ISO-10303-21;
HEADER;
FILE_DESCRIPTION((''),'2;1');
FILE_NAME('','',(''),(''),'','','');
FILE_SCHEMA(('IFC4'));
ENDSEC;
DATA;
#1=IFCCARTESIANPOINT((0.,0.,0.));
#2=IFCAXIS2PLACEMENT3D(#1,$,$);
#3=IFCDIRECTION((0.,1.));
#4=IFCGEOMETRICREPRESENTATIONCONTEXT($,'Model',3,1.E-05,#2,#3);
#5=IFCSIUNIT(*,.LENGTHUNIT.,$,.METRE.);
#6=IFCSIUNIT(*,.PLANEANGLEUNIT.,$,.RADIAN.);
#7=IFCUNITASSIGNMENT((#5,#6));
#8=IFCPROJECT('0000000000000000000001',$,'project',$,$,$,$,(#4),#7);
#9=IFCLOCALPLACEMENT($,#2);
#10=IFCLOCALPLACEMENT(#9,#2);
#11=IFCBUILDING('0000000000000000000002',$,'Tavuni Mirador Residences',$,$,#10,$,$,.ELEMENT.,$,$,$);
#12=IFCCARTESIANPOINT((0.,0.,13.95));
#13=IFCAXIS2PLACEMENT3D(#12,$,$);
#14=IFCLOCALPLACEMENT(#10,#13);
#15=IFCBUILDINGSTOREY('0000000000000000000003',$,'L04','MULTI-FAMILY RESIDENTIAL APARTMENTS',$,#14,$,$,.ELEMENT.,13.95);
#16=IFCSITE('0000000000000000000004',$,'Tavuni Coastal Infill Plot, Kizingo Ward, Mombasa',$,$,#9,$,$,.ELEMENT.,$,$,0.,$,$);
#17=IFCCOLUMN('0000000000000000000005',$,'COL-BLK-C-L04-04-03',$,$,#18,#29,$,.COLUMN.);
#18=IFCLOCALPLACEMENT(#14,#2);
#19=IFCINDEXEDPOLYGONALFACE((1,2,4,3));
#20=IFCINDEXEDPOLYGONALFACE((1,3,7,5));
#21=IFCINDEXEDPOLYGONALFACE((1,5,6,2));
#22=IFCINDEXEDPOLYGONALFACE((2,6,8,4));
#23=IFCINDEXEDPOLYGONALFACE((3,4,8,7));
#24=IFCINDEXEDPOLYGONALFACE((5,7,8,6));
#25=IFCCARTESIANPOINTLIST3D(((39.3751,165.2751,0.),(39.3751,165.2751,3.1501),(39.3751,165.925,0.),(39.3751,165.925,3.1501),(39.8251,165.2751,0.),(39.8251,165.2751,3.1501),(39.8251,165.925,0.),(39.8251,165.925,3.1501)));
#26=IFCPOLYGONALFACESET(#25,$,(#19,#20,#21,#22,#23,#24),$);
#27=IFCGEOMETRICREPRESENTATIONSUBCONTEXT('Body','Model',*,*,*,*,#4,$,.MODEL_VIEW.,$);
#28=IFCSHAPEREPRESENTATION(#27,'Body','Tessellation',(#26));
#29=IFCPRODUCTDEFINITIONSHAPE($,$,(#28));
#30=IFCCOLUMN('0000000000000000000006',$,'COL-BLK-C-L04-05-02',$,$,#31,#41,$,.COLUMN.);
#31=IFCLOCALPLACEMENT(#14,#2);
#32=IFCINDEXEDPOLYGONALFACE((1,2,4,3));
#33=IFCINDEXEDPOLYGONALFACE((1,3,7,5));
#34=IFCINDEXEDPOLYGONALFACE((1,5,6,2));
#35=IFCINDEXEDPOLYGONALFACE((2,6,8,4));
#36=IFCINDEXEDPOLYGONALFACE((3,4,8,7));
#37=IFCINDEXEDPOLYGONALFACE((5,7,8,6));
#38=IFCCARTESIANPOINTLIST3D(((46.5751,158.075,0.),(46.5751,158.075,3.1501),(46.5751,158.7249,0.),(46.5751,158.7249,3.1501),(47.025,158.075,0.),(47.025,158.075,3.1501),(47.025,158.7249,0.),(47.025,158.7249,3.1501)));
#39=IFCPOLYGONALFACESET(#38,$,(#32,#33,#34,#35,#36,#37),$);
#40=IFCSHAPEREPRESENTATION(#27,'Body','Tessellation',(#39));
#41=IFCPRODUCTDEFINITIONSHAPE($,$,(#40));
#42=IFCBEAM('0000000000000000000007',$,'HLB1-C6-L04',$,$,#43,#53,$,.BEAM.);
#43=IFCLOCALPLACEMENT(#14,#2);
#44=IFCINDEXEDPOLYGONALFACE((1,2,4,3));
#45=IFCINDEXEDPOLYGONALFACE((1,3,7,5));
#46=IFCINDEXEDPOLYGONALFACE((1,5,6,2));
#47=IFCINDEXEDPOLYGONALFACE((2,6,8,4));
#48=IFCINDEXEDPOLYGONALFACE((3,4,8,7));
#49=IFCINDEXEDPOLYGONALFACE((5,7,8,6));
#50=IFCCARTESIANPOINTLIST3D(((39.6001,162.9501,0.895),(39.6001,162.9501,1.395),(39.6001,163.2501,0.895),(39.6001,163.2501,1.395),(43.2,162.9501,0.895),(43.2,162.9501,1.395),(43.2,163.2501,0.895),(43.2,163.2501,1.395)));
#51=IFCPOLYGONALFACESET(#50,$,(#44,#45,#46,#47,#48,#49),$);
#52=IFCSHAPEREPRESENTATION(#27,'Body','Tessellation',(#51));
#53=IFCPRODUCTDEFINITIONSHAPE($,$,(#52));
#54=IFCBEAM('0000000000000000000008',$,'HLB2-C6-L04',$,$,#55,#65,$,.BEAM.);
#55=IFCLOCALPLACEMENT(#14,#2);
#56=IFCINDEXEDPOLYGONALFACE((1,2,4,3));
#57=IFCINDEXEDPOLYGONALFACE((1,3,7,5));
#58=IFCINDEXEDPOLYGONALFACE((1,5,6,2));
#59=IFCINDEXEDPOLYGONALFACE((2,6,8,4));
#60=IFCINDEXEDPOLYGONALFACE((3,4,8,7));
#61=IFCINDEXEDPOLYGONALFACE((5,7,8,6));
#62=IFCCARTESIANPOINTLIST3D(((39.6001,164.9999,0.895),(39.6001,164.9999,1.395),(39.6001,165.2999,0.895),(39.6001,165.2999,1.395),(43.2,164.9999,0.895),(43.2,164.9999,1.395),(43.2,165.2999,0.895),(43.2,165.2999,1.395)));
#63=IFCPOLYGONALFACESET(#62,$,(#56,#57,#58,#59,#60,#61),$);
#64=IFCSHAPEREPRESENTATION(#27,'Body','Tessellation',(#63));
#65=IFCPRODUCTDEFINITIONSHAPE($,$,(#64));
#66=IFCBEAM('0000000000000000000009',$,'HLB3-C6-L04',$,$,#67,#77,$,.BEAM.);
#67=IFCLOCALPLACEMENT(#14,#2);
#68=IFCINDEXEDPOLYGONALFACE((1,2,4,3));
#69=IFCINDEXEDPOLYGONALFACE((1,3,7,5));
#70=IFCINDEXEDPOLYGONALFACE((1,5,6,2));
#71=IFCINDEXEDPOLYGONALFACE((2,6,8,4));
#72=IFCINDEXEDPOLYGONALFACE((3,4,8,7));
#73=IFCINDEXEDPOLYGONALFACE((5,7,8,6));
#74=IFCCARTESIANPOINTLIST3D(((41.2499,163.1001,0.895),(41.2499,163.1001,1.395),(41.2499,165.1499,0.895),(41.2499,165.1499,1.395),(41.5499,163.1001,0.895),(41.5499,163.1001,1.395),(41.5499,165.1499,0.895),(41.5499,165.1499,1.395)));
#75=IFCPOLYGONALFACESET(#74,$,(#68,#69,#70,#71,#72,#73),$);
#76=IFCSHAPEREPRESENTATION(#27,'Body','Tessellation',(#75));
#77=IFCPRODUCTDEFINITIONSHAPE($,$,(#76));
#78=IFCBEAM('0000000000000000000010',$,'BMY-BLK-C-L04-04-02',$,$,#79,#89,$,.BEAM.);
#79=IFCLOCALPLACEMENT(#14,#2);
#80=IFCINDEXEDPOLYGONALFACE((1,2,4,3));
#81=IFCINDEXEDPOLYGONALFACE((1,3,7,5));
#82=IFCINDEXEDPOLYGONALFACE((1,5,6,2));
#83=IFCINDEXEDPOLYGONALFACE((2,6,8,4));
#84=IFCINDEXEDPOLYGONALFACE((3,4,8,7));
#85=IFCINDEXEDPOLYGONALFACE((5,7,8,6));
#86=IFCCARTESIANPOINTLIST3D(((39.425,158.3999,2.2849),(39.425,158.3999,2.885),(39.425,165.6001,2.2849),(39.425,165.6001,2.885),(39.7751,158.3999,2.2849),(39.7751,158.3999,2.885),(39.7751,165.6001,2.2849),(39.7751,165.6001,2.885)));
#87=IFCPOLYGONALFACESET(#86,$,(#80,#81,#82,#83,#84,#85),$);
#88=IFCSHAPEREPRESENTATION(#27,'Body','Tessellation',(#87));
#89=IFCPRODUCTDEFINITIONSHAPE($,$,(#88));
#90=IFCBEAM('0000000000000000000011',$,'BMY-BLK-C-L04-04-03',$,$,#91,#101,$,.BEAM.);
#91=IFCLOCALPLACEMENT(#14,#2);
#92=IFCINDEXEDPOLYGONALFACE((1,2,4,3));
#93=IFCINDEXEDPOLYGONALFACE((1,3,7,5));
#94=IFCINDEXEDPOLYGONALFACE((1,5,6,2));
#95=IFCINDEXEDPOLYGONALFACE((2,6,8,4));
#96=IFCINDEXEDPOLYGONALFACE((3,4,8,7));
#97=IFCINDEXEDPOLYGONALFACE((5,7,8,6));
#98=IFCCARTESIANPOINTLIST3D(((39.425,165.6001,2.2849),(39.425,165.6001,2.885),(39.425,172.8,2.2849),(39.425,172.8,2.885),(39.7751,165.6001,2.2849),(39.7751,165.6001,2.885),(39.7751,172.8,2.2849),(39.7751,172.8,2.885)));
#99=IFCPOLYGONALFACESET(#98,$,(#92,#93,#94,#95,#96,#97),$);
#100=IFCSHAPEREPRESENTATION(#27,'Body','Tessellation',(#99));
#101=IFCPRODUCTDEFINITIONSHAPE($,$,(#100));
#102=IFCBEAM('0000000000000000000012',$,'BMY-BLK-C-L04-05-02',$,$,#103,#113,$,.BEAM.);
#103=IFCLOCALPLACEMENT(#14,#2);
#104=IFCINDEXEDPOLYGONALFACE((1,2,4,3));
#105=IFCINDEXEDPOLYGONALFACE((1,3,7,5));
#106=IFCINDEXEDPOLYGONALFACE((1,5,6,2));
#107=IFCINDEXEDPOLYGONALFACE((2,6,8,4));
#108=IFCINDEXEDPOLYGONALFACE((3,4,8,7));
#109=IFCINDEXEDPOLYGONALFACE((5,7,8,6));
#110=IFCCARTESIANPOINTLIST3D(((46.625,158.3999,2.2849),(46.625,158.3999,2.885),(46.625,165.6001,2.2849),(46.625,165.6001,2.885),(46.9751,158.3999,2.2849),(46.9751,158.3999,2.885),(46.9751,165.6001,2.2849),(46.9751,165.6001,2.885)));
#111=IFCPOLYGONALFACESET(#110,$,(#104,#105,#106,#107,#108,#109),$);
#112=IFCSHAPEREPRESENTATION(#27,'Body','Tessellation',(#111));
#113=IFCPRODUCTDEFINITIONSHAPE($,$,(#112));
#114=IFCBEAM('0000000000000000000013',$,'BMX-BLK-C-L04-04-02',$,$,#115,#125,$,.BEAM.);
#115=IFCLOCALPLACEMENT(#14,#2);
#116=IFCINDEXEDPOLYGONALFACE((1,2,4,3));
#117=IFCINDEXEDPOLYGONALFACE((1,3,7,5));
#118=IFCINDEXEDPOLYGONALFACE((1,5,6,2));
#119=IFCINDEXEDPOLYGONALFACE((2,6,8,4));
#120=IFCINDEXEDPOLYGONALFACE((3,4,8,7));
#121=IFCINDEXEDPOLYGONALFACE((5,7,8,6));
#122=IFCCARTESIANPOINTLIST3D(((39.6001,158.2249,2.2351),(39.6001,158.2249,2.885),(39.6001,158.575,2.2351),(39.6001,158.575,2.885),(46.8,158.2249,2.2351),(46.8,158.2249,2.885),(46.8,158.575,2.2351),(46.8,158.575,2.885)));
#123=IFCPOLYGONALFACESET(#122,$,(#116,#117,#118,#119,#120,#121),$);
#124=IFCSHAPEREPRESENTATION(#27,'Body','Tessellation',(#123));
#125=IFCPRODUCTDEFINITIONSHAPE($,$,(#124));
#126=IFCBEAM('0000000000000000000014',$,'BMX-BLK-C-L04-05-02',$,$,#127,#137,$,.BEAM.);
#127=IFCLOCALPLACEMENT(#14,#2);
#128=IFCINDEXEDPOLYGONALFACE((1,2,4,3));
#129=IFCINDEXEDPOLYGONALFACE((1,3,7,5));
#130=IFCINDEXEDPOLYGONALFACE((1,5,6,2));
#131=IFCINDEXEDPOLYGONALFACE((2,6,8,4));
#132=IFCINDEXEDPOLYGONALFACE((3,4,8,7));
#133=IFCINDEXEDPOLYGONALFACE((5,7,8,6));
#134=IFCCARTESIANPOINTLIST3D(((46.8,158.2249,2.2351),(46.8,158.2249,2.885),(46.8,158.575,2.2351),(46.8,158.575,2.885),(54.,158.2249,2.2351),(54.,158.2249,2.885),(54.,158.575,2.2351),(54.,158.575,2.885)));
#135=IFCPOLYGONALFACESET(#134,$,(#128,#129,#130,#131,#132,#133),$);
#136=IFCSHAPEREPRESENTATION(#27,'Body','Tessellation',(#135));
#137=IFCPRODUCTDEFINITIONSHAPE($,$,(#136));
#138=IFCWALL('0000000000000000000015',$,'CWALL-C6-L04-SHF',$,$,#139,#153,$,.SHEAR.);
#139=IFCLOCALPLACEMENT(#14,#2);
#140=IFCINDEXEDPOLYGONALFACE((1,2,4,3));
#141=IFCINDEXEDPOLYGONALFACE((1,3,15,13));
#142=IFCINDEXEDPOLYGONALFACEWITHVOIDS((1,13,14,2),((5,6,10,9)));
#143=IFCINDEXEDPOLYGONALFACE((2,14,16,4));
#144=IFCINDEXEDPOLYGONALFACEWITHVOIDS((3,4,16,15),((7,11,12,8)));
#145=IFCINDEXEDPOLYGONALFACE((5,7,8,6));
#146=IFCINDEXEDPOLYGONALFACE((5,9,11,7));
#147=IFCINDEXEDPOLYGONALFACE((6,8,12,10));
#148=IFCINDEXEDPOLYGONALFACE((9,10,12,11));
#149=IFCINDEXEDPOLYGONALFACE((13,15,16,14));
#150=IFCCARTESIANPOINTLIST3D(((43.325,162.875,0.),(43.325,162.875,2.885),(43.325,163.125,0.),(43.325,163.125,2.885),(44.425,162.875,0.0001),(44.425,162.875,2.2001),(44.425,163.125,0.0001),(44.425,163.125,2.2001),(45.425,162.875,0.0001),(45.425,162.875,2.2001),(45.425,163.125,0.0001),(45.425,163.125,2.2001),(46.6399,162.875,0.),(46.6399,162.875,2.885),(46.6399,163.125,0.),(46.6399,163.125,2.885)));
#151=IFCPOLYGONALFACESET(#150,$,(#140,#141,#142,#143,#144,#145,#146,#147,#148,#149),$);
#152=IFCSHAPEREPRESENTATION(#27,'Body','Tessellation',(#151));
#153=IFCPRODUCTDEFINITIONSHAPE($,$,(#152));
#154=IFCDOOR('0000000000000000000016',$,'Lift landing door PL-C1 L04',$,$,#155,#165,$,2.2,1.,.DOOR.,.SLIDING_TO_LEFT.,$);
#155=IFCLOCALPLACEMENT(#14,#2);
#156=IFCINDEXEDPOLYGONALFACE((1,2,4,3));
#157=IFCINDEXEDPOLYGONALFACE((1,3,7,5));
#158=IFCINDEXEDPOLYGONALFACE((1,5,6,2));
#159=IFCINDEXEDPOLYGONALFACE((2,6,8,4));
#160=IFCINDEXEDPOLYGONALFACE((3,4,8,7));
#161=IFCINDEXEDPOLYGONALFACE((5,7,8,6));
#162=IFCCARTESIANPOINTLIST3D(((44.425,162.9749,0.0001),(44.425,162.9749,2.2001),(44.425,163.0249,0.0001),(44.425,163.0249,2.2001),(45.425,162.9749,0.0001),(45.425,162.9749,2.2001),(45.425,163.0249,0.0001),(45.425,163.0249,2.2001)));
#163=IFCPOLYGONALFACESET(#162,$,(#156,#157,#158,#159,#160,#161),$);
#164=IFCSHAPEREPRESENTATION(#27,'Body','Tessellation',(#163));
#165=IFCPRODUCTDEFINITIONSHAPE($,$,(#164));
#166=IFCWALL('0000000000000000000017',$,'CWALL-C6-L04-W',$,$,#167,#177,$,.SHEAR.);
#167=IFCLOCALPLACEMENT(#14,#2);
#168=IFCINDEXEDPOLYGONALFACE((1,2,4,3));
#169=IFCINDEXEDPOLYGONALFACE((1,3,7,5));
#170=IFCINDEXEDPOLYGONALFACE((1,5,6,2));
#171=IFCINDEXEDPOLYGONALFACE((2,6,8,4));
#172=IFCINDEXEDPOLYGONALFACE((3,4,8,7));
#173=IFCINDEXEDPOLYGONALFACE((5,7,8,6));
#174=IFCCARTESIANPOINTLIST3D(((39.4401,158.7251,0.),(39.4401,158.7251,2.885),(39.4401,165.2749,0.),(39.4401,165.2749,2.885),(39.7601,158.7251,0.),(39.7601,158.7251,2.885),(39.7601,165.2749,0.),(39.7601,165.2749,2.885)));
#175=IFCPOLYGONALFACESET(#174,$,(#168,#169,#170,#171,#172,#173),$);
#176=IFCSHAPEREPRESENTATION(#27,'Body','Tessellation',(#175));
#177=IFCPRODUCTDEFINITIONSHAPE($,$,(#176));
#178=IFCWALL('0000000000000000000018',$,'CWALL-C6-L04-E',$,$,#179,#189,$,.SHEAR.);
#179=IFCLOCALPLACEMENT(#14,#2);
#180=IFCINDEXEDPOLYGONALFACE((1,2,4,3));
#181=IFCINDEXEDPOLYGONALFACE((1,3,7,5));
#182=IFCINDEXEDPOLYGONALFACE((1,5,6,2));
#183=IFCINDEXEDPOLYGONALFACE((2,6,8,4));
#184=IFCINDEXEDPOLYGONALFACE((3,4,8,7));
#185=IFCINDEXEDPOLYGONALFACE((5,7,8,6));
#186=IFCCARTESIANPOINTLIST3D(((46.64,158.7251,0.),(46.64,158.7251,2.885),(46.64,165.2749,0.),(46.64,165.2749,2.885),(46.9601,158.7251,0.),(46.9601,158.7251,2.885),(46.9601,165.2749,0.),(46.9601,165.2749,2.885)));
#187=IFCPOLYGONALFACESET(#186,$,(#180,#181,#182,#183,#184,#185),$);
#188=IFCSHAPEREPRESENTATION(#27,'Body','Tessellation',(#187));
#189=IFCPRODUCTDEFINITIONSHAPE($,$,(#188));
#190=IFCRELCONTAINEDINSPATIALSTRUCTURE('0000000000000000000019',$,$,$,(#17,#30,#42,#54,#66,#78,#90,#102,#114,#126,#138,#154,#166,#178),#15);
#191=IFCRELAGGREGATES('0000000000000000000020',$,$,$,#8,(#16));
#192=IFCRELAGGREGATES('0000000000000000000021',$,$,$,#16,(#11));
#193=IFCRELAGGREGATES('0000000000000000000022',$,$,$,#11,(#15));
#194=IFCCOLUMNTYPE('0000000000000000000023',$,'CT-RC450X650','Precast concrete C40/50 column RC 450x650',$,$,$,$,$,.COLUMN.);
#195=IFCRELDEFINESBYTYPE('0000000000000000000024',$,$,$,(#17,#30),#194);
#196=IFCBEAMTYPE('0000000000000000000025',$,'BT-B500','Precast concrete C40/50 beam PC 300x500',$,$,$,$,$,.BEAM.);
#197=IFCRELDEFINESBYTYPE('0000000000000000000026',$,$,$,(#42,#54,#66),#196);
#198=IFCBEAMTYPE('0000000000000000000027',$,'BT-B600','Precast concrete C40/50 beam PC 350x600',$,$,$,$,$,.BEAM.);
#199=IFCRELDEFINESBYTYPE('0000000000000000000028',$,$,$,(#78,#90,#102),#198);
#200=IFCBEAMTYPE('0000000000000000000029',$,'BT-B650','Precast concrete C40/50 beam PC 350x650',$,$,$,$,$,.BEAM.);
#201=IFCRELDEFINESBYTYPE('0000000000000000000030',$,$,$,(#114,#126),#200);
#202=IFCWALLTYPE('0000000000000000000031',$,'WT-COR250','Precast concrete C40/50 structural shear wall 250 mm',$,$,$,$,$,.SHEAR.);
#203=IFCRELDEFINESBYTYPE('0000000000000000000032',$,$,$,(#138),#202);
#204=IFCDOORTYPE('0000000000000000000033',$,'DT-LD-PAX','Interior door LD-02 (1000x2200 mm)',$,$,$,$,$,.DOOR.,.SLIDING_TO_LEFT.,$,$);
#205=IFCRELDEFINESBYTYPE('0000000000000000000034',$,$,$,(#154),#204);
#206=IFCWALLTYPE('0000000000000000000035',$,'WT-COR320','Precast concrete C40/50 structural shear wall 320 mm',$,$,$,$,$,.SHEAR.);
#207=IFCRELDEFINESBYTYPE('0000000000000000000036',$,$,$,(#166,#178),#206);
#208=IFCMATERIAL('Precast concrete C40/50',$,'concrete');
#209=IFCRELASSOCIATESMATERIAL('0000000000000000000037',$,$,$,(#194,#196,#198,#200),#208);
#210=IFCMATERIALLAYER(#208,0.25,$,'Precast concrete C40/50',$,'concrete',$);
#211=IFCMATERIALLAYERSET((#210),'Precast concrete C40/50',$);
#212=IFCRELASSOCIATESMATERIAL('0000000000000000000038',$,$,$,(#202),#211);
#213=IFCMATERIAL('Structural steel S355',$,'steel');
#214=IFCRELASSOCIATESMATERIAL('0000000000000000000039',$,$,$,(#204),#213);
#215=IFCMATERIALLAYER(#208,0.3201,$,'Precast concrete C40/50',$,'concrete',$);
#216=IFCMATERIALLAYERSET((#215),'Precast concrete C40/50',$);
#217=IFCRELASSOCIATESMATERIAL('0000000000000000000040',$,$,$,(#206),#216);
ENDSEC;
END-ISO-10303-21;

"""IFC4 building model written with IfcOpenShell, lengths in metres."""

from ifc_helpers import new_model, si_unit, direction, frame, frame_2d, origin, origin_2d, place, context, subcontext, project, spatial, rectangle, extrude, material, layer, layer_set, material_profile, profile_set, type_object, element, fill, save


model = new_model("IFC4")

# Units and contexts
model_context = context("Model", 3, precision=1e-05, world=origin(), true_north=direction((0.0, 1.0)))
body_context = subcontext(model_context, "Body", "Model", "MODEL_VIEW")
ifc_project = project(units=[si_unit("LENGTHUNIT", "METRE"), si_unit("PLANEANGLEUNIT", "RADIAN")], contexts=[model_context])

# Site, building, storey
site_placement = place(None, origin())
site = spatial("IfcSite", under=ifc_project, at=site_placement, Name="Tavuni Coastal Infill Plot, Kizingo Ward, Mombasa", CompositionType="ELEMENT", RefElevation=0.0)
building_placement = place(site_placement, origin())
building = spatial("IfcBuilding", under=site, at=building_placement, Name="Tavuni Mirador Residences", CompositionType="ELEMENT")
storey_placement = place(building_placement, frame((0.0, 0.0, 13.95)))
storey = spatial("IfcBuildingStorey", under=building, at=storey_placement, Name="L04", Description="MULTI-FAMILY RESIDENTIAL APARTMENTS", CompositionType="ELEMENT", Elevation=13.95)

# Columns
ifc_material_1 = material(Name="Precast concrete C40/50", Category="concrete")
ifc_material_profile_1 = material_profile(ifc_material_1, rectangle(XDim=0.45, YDim=0.6499, at=origin_2d()), Name="RC 450x650", Category="concrete")
ifc_profile_set_1 = profile_set([ifc_material_profile_1], Name="Precast concrete C40/50")
column_type = type_object("IfcColumnType", Name="CT-RC450X650", Description="Precast concrete C40/50 column RC 450x650", PredefinedType="COLUMN", material=ifc_profile_set_1)
for number, where, z_axis, x_axis, name in (
    (1, (39.6001, 165.6001, 0.0), (0.0, 0.0, 1.0), (1.0, 0.0, 0.0), "COL-BLK-C-L04-04-03"),
    (2, (46.8, 158.3999, 0.0), (0.0, 0.0, 1.0), (1.0, 0.0, 0.0), "COL-BLK-C-L04-05-02"),
):
    element("IfcColumn", number, at=place(storey_placement, frame(where, z_axis=z_axis, x_axis=x_axis)), inside=storey, type_object=column_type, Name=name, PredefinedType="COLUMN", context=body_context, shape_type="SweptSolid", body=[
        extrude(rectangle(XDim=0.45, YDim=0.6499, at=origin_2d()), origin(), (0.0, 0.0, 1.0), 3.1501),
    ])

# Beams
ifc_material_profile_2 = material_profile(ifc_material_1, rectangle(XDim=0.3, YDim=0.5, at=origin_2d()), Name="PC 300x500", Category="concrete")
ifc_profile_set_2 = profile_set([ifc_material_profile_2], Name="Precast concrete C40/50")
beam_type_1 = type_object("IfcBeamType", Name="BT-B500", Description="Precast concrete C40/50 beam PC 300x500", PredefinedType="BEAM", material=ifc_profile_set_2)
for number, where, z_axis, x_axis, name in (
    (3, (39.6001, 163.1001, 1.145), (1.0, 0.0, 0.0), (0.0, 1.0, 0.0), "HLB1-C6-L04"),
    (4, (39.6001, 165.1499, 1.145), (1.0, 0.0, 0.0), (0.0, 1.0, 0.0), "HLB2-C6-L04"),
):
    element("IfcBeam", number, at=place(storey_placement, frame(where, z_axis=z_axis, x_axis=x_axis)), inside=storey, type_object=beam_type_1, Name=name, PredefinedType="BEAM", context=body_context, shape_type="SweptSolid", body=[
        extrude(rectangle(XDim=0.3, YDim=0.5, at=origin_2d()), origin(), (0.0, 0.0, 1.0), 3.5999),
    ])
beam_1_placement = place(storey_placement, frame((41.3999, 163.1001, 1.145), z_axis=(0.0, 1.0, 0.0), x_axis=(-1.0, 0.0, 0.0)))
element("IfcBeam", 5, at=beam_1_placement, inside=storey, type_object=beam_type_1, Name="HLB3-C6-L04", PredefinedType="BEAM", context=body_context, shape_type="SweptSolid", body=[
    extrude(rectangle(XDim=0.3, YDim=0.5, at=origin_2d()), origin(), (0.0, 0.0, 1.0), 2.0498),
])
ifc_material_profile_3 = material_profile(ifc_material_1, rectangle(XDim=0.3501, YDim=0.6001, at=origin_2d()), Name="PC 350x600", Category="concrete")
ifc_profile_set_3 = profile_set([ifc_material_profile_3], Name="Precast concrete C40/50")
beam_type_2 = type_object("IfcBeamType", Name="BT-B600", Description="Precast concrete C40/50 beam PC 350x600", PredefinedType="BEAM", material=ifc_profile_set_3)
beam_2_placement = place(storey_placement, frame((39.6001, 158.3999, 2.585), z_axis=(0.0, 1.0, 0.0), x_axis=(-1.0, 0.0, 0.0)))
element("IfcBeam", 6, at=beam_2_placement, inside=storey, type_object=beam_type_2, Name="BMY-BLK-C-L04-04-02", PredefinedType="BEAM", context=body_context, shape_type="SweptSolid", body=[
    extrude(rectangle(XDim=0.3501, YDim=0.6001, at=origin_2d()), origin(), (0.0, 0.0, 1.0), 7.2002),
])
beam_3_placement = place(storey_placement, frame((39.6001, 165.6001, 2.585), z_axis=(0.0, 1.0, 0.0), x_axis=(-1.0, 0.0, 0.0)))
element("IfcBeam", 7, at=beam_3_placement, inside=storey, type_object=beam_type_2, Name="BMY-BLK-C-L04-04-03", PredefinedType="BEAM", context=body_context, shape_type="SweptSolid", body=[
    extrude(rectangle(XDim=0.3501, YDim=0.6001, at=origin_2d()), origin(), (0.0, 0.0, 1.0), 7.2),
])
beam_4_placement = place(storey_placement, frame((46.8, 158.3999, 2.585), z_axis=(0.0, 1.0, 0.0), x_axis=(-1.0, 0.0, 0.0)))
element("IfcBeam", 8, at=beam_4_placement, inside=storey, type_object=beam_type_2, Name="BMY-BLK-C-L04-05-02", PredefinedType="BEAM", context=body_context, shape_type="SweptSolid", body=[
    extrude(rectangle(XDim=0.3501, YDim=0.6001, at=origin_2d()), origin(), (0.0, 0.0, 1.0), 7.2002),
])
ifc_material_profile_4 = material_profile(ifc_material_1, rectangle(XDim=0.3501, YDim=0.6499, at=origin_2d()), Name="PC 350x650", Category="concrete")
ifc_profile_set_4 = profile_set([ifc_material_profile_4], Name="Precast concrete C40/50")
beam_type_3 = type_object("IfcBeamType", Name="BT-B650", Description="Precast concrete C40/50 beam PC 350x650", PredefinedType="BEAM", material=ifc_profile_set_4)
for number, where, z_axis, x_axis, name in (
    (9, (39.6001, 158.3999, 2.5601), (1.0, 0.0, 0.0), (0.0, 1.0, 0.0), "BMX-BLK-C-L04-04-02"),
    (10, (46.8, 158.3999, 2.5601), (1.0, 0.0, 0.0), (0.0, 1.0, 0.0), "BMX-BLK-C-L04-05-02"),
):
    element("IfcBeam", number, at=place(storey_placement, frame(where, z_axis=z_axis, x_axis=x_axis)), inside=storey, type_object=beam_type_3, Name=name, PredefinedType="BEAM", context=body_context, shape_type="SweptSolid", body=[
        extrude(rectangle(XDim=0.3501, YDim=0.6499, at=origin_2d()), origin(), (0.0, 0.0, 1.0), 7.2),
    ])

# Wall, opening, door
ifc_layer_1 = layer(ifc_material_1, 0.25, Name="Precast concrete C40/50", Category="concrete")
ifc_layer_set_1 = layer_set([ifc_layer_1], Name="Precast concrete C40/50")
wall_type_1 = type_object("IfcWallType", Name="WT-COR250", Description="Precast concrete C40/50 structural shear wall 250 mm", PredefinedType="SHEAR", material=ifc_layer_set_1)
wall_1_placement = place(storey_placement, frame((43.325, 163.0, 0.0), z_axis=(0.0, 0.0, 1.0), x_axis=(1.0, 0.0, 0.0)))
wall_1 = element("IfcWall", 11, at=wall_1_placement, inside=storey, type_object=wall_type_1, Name="CWALL-C6-L04-SHF", PredefinedType="SHEAR", context=body_context, shape_type="SweptSolid", body=[
    extrude(rectangle(XDim=3.3149, YDim=0.25, at=frame_2d((1.6575, 0.0))), origin(), (0.0, 0.0, 1.0), 2.885),
])
opening_1_placement = place(wall_1_placement, frame((1.1001, 0.0, 0.0)))
opening_1 = element("IfcOpeningElement", 12, at=opening_1_placement, cuts=wall_1, PredefinedType="OPENING", context=body_context, shape_type="SweptSolid", body=[
    extrude(rectangle(XDim=1.0, YDim=2.2, at=frame_2d((0.5, 1.1001))), frame((0.0, 0.135, 0.0), z_axis=(0.0, -1.0, 0.0), x_axis=(1.0, 0.0, 0.0)), (0.0, 0.0, 1.0), 0.27),
])
ifc_material_2 = material(Name="Structural steel S355", Category="steel")
door_type_1 = type_object("IfcDoorType", Name="DT-LD-PAX", Description="Interior door LD-02 (1000x2200 mm)", OperationType="SLIDING_TO_LEFT", PredefinedType="DOOR", material=ifc_material_2)
door_1_placement = place(opening_1_placement, origin())
door_1 = element("IfcDoor", 13, at=door_1_placement, inside=storey, type_object=door_type_1, Name="Lift landing door PL-C1 L04", OperationType="SLIDING_TO_LEFT", OverallHeight=2.2, OverallWidth=1.0, PredefinedType="DOOR", context=body_context, shape_type="SweptSolid", body=[
    extrude(rectangle(XDim=1.0, YDim=2.2, at=frame_2d((0.5, 1.1001))), frame((0.0, 0.0249, 0.0), z_axis=(0.0, -1.0, 0.0), x_axis=(1.0, 0.0, 0.0)), (0.0, 0.0, 1.0), 0.05),
])
fill(opening_1, door_1)

# Walls
ifc_layer_2 = layer(ifc_material_1, 0.3201, Name="Precast concrete C40/50", Category="concrete")
ifc_layer_set_2 = layer_set([ifc_layer_2], Name="Precast concrete C40/50")
wall_type_2 = type_object("IfcWallType", Name="WT-COR320", Description="Precast concrete C40/50 structural shear wall 320 mm", PredefinedType="SHEAR", material=ifc_layer_set_2)
for number, where, z_axis, x_axis, name in (
    (14, (39.6001, 158.7251, 0.0), (0.0, 0.0, 1.0), (0.0, 1.0, 0.0), "CWALL-C6-L04-W"),
    (15, (46.8, 158.7251, 0.0), (0.0, 0.0, 1.0), (0.0, 1.0, 0.0), "CWALL-C6-L04-E"),
):
    element("IfcWall", number, at=place(storey_placement, frame(where, z_axis=z_axis, x_axis=x_axis)), inside=storey, type_object=wall_type_2, Name=name, PredefinedType="SHEAR", context=body_context, shape_type="SweptSolid", body=[
        extrude(rectangle(XDim=6.5498, YDim=0.3201, at=frame_2d((3.2749, 0.0))), origin(), (0.0, 0.0, 1.0), 2.885),
    ])

save(model, "model.ifc")
